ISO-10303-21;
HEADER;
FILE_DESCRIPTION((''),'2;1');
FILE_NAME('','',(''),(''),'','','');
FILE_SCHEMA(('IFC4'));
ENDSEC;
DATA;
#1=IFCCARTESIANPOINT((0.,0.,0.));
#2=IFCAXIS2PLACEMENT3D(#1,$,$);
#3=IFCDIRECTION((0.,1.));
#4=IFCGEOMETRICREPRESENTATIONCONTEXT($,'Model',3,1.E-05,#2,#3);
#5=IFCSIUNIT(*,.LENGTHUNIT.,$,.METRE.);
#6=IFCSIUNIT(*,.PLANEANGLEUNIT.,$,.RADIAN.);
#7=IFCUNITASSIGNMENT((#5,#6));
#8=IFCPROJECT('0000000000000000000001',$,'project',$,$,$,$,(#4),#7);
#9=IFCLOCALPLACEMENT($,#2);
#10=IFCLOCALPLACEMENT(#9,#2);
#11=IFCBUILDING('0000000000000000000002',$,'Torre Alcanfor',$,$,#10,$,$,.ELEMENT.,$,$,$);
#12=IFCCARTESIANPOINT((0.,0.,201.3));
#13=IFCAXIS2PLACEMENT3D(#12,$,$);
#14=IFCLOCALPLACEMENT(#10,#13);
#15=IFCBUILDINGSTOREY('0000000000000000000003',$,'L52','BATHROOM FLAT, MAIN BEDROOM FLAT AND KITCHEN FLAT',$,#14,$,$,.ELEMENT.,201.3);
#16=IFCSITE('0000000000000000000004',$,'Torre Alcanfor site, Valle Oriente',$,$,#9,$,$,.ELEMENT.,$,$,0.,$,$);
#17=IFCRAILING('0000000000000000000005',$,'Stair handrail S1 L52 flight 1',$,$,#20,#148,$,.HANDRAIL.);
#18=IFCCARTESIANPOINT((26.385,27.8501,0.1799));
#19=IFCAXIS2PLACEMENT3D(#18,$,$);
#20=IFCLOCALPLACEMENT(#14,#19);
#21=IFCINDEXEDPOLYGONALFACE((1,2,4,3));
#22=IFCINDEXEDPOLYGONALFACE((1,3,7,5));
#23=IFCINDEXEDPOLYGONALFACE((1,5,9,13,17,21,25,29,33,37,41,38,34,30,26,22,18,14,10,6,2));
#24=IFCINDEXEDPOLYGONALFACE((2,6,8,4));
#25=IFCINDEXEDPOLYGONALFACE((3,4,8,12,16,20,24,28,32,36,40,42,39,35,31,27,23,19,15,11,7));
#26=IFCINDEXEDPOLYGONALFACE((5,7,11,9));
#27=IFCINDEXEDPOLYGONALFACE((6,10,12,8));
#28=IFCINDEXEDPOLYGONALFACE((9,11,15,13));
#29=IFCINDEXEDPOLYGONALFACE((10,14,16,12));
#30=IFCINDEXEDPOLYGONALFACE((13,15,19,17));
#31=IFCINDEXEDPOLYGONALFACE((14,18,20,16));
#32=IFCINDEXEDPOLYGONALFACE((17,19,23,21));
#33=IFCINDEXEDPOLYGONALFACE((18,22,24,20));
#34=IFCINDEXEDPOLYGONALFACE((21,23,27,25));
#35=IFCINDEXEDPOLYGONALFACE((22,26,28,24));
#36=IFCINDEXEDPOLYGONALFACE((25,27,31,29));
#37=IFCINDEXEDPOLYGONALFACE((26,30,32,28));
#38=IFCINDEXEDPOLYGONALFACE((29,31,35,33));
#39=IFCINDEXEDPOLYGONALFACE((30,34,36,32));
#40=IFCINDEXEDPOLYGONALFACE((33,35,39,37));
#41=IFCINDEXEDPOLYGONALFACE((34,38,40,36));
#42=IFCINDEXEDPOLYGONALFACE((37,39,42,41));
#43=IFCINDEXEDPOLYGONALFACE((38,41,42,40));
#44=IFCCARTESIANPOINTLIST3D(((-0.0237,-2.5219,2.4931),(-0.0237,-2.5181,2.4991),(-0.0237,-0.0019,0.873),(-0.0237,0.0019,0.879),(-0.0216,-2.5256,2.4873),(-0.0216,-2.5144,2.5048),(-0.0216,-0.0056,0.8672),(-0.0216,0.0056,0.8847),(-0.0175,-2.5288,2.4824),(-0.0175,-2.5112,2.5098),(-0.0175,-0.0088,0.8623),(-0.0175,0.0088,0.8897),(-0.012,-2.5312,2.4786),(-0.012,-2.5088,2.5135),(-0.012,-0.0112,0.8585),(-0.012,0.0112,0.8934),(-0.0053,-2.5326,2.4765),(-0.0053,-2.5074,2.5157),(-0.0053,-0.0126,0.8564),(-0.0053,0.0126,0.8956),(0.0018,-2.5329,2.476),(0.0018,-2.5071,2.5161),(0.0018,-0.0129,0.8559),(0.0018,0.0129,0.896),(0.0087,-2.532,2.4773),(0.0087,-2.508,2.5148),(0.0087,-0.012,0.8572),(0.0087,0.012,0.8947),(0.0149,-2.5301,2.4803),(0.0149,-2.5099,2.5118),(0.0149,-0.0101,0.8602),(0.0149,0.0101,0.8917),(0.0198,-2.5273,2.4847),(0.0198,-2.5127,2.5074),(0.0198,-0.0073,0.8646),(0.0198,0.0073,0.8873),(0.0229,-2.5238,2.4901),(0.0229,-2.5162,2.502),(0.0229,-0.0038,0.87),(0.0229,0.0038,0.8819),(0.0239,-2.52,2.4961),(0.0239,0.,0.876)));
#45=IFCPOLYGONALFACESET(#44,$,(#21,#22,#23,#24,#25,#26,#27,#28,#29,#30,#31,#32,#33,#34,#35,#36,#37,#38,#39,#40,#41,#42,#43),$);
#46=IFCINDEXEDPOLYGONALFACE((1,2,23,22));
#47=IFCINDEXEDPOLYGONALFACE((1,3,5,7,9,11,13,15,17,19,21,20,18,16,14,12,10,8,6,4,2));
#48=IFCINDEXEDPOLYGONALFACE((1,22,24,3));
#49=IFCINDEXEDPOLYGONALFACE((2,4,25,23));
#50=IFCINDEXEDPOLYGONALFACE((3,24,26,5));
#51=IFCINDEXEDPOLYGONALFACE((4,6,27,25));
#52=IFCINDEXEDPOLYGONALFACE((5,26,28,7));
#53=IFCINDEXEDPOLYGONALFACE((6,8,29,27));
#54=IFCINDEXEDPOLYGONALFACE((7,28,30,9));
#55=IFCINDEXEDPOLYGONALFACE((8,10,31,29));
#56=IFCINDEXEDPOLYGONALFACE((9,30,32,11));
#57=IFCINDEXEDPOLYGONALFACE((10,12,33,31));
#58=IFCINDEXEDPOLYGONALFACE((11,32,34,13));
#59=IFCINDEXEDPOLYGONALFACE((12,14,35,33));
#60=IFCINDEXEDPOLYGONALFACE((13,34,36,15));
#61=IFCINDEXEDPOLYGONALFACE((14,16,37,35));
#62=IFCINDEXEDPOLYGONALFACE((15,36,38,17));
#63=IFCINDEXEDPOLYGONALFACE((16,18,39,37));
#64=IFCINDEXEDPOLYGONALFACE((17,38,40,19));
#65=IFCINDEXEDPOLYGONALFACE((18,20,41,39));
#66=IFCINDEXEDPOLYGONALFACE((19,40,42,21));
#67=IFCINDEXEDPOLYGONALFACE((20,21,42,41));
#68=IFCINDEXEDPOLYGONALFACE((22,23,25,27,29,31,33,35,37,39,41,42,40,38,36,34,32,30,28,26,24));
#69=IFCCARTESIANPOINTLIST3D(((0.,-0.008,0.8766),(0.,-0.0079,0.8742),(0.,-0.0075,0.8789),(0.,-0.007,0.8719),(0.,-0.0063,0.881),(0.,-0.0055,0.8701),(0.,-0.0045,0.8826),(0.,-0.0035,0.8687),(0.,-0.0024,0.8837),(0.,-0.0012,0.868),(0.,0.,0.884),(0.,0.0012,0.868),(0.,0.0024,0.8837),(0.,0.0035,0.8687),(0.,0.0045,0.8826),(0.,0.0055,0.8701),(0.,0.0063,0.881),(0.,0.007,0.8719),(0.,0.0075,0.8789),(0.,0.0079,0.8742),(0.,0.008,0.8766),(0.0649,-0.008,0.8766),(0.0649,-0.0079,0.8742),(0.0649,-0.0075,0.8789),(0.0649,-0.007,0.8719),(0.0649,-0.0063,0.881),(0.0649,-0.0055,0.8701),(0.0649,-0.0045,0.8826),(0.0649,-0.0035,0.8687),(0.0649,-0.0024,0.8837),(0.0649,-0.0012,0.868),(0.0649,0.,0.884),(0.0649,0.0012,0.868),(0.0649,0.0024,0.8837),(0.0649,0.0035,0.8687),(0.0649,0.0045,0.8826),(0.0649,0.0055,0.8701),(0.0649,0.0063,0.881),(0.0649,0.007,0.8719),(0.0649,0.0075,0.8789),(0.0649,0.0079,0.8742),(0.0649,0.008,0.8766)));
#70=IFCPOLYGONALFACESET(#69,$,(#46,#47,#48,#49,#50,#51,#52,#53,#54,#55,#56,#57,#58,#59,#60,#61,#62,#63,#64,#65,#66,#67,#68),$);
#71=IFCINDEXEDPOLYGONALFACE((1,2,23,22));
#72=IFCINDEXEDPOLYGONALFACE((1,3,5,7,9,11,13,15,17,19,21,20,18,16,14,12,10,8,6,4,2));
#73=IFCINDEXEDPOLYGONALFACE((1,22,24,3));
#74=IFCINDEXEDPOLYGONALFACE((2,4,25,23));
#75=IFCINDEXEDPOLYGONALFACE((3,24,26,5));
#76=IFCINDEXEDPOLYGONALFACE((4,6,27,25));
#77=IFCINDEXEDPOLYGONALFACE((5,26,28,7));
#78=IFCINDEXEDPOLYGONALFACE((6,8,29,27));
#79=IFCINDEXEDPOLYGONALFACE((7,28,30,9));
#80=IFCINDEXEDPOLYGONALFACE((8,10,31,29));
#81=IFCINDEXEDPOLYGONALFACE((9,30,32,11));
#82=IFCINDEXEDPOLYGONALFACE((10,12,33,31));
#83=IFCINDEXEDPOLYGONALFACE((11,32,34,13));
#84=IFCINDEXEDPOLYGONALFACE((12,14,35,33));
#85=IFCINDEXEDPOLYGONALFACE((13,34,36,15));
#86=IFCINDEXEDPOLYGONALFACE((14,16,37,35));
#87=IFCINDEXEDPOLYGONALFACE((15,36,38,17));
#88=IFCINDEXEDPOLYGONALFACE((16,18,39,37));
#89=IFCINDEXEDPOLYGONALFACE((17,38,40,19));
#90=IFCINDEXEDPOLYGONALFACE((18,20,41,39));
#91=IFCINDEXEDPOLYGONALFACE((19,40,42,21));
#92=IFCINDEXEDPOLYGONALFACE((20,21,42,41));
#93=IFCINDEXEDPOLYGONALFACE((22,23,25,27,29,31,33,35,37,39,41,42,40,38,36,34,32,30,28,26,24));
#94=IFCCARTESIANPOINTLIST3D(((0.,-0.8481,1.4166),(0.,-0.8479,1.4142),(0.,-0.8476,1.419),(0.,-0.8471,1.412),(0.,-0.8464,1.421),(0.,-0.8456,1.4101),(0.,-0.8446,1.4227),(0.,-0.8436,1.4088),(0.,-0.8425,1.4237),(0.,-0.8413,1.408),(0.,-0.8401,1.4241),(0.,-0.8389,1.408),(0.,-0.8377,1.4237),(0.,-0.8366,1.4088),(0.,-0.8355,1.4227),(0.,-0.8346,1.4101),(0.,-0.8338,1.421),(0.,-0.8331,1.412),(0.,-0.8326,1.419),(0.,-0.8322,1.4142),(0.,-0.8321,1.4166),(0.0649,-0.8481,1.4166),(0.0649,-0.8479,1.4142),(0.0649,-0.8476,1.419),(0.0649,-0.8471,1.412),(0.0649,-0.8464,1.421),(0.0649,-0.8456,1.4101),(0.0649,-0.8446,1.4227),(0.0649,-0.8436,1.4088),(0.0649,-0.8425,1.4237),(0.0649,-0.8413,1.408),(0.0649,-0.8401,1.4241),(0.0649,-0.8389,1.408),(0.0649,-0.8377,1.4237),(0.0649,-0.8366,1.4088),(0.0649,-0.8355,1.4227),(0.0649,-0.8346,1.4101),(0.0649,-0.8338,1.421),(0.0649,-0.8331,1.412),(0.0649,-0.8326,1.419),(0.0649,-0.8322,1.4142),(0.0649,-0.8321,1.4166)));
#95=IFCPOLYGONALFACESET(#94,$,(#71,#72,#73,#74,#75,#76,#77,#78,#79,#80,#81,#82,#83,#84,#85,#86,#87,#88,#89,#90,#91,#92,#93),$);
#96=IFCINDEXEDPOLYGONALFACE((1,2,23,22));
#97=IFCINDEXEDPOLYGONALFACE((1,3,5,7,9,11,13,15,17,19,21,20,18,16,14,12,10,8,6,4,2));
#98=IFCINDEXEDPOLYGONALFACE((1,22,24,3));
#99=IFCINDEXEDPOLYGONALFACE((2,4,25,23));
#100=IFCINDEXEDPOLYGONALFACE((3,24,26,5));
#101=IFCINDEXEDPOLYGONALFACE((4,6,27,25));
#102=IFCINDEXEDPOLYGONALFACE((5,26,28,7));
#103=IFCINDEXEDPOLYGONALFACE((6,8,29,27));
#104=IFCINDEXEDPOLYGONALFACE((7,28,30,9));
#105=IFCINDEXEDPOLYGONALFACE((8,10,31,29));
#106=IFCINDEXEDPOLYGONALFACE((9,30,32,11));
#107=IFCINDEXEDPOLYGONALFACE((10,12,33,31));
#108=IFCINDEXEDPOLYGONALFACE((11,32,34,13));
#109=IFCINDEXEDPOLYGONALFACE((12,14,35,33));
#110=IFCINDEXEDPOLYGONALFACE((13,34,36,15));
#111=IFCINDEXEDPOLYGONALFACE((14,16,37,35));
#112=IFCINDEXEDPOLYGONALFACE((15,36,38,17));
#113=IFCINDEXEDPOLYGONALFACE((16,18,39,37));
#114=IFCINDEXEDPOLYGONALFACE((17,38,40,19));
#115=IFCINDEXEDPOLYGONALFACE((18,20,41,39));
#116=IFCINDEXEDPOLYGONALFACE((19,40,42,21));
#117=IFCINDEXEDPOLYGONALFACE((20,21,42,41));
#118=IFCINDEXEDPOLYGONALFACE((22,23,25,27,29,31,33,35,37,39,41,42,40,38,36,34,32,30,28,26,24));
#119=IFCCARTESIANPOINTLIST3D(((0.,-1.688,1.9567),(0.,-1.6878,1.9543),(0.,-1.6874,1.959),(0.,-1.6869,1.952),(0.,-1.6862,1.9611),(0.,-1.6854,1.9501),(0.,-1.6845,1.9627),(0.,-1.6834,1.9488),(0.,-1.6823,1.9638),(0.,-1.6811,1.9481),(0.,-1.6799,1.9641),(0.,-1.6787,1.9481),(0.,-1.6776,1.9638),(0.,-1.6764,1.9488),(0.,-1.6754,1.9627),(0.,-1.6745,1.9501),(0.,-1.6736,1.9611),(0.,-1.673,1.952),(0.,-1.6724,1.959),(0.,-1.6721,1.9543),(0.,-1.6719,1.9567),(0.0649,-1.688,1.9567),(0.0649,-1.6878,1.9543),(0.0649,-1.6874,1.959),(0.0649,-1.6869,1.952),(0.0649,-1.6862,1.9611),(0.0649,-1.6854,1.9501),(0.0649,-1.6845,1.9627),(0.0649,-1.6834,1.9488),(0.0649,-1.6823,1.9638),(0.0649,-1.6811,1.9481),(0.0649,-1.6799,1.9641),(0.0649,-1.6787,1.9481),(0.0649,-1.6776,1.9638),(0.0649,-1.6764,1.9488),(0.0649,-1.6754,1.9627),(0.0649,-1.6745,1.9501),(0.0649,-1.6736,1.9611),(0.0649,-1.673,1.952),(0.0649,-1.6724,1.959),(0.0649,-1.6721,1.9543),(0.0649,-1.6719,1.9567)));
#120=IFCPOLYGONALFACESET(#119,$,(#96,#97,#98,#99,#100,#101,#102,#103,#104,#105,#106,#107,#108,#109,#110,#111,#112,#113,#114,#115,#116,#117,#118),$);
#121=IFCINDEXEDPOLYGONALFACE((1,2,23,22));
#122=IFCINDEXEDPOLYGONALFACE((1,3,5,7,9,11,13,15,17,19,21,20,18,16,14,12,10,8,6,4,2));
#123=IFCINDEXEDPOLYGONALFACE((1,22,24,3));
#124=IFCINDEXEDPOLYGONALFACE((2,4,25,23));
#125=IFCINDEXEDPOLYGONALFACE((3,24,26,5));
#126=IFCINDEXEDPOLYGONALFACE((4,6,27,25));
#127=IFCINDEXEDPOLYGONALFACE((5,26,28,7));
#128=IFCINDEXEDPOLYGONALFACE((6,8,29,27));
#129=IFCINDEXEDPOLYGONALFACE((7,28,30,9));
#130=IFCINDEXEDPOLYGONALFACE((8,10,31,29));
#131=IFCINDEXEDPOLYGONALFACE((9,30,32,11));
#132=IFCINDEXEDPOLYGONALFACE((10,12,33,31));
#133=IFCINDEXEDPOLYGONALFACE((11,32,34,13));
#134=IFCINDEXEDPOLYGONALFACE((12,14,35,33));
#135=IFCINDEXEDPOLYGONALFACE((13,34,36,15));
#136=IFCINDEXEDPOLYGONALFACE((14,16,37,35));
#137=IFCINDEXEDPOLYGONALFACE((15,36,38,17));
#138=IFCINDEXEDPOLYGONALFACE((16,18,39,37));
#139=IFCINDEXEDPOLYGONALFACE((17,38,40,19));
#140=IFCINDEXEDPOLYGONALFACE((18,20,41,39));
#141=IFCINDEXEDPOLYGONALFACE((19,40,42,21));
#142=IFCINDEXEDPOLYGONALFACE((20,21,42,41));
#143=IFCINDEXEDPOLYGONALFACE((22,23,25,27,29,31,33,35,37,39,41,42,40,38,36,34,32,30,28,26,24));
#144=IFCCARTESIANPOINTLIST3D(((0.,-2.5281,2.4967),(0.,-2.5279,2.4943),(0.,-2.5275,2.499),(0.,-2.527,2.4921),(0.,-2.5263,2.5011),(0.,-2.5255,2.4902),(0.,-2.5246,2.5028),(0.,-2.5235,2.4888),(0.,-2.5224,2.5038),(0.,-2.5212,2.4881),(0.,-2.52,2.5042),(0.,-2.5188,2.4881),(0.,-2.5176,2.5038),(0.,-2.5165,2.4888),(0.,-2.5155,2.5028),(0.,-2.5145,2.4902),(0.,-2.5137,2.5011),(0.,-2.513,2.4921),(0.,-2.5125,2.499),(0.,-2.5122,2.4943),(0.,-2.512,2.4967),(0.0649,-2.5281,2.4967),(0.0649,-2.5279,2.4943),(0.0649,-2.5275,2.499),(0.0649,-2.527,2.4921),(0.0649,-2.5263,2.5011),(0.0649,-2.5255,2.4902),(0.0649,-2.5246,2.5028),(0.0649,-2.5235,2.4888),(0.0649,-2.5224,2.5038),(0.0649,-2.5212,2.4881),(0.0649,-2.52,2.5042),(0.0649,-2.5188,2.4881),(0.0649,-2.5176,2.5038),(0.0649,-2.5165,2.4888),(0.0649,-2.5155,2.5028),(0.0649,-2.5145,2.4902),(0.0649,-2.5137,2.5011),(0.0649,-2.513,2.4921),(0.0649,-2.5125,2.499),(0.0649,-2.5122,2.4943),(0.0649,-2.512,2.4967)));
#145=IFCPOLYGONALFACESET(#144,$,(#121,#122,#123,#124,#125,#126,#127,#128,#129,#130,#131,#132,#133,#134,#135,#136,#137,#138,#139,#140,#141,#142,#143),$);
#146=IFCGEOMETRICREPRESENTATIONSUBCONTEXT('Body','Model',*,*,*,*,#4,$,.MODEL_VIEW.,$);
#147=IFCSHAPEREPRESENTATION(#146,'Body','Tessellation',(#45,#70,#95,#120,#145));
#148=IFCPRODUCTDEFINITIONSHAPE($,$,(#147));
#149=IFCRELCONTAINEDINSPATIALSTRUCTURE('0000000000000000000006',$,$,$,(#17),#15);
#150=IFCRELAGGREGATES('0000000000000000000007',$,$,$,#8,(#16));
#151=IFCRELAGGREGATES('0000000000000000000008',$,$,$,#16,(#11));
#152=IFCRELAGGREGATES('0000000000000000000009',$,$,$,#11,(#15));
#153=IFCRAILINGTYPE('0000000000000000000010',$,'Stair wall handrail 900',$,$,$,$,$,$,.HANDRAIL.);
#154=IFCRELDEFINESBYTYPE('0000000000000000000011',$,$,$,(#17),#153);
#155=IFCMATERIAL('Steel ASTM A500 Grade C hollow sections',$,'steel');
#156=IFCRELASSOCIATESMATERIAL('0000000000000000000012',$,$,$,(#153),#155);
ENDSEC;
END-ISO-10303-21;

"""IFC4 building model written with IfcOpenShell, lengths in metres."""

from ifc_helpers import new_model, si_unit, direction, frame, origin, origin_2d, place, context, subcontext, project, spatial, circle, extrude, material, type_object, element, save


model = new_model("IFC4")

# Units and contexts
model_context = context("Model", 3, precision=1e-05, world=origin(), true_north=direction((0.0, 1.0)))
body_context = subcontext(model_context, "Body", "Model", "MODEL_VIEW")
ifc_project = project(units=[si_unit("LENGTHUNIT", "METRE"), si_unit("PLANEANGLEUNIT", "RADIAN")], contexts=[model_context])

# Site, building, storey
site_placement = place(None, origin())
site = spatial("IfcSite", under=ifc_project, at=site_placement, Name="Torre Alcanfor site, Valle Oriente", CompositionType="ELEMENT", RefElevation=0.0)
building_placement = place(site_placement, origin())
building = spatial("IfcBuilding", under=site, at=building_placement, Name="Torre Alcanfor", CompositionType="ELEMENT")
storey_placement = place(building_placement, frame((0.0, 0.0, 201.3)))
storey = spatial("IfcBuildingStorey", under=building, at=storey_placement, Name="L52", Description="BATHROOM FLAT, MAIN BEDROOM FLAT AND KITCHEN FLAT", CompositionType="ELEMENT", Elevation=201.3)

# Railing
ifc_material_1 = material(Name="Steel ASTM A500 Grade C hollow sections", Category="steel")
railing_type = type_object("IfcRailingType", Name="Stair wall handrail 900", PredefinedType="HANDRAIL", material=ifc_material_1)
railing_placement = place(storey_placement, frame((26.385, 27.8501, 0.1799)))
element("IfcRailing", 1, at=railing_placement, inside=storey, type_object=railing_type, Name="Stair handrail S1 L52 flight 1", PredefinedType="HANDRAIL", context=body_context, shape_type="SweptSolid", body=[
    extrude(circle(Radius=0.0239, at=origin_2d()), frame((0.0, 0.0, 0.876), z_axis=(0.0, -0.841163, 0.540782), x_axis=(1.0, 0.0, 0.0)), (0.0, 0.0, 1.0), 2.9958),
    extrude(circle(Radius=0.0081, at=origin_2d()), frame((0.0, 0.0, 0.876), z_axis=(1.0, 0.0, 0.0), x_axis=(0.0, 0.0, 1.0)), (0.0, 0.0, 1.0), 0.0649),
    extrude(circle(Radius=0.0081, at=origin_2d()), frame((0.0, -0.8401, 1.416), z_axis=(1.0, 0.0, 0.0), x_axis=(0.0, 0.0, 1.0)), (0.0, 0.0, 1.0), 0.0649),
    extrude(circle(Radius=0.0081, at=origin_2d()), frame((0.0, -1.6799, 1.9561), z_axis=(1.0, 0.0, 0.0), x_axis=(0.0, 0.0, 1.0)), (0.0, 0.0, 1.0), 0.0649),
    extrude(circle(Radius=0.0081, at=origin_2d()), frame((0.0, -2.52, 2.4961), z_axis=(1.0, 0.0, 0.0), x_axis=(0.0, 0.0, 1.0)), (0.0, 0.0, 1.0), 0.0649),
])

save(model, "model.ifc")
